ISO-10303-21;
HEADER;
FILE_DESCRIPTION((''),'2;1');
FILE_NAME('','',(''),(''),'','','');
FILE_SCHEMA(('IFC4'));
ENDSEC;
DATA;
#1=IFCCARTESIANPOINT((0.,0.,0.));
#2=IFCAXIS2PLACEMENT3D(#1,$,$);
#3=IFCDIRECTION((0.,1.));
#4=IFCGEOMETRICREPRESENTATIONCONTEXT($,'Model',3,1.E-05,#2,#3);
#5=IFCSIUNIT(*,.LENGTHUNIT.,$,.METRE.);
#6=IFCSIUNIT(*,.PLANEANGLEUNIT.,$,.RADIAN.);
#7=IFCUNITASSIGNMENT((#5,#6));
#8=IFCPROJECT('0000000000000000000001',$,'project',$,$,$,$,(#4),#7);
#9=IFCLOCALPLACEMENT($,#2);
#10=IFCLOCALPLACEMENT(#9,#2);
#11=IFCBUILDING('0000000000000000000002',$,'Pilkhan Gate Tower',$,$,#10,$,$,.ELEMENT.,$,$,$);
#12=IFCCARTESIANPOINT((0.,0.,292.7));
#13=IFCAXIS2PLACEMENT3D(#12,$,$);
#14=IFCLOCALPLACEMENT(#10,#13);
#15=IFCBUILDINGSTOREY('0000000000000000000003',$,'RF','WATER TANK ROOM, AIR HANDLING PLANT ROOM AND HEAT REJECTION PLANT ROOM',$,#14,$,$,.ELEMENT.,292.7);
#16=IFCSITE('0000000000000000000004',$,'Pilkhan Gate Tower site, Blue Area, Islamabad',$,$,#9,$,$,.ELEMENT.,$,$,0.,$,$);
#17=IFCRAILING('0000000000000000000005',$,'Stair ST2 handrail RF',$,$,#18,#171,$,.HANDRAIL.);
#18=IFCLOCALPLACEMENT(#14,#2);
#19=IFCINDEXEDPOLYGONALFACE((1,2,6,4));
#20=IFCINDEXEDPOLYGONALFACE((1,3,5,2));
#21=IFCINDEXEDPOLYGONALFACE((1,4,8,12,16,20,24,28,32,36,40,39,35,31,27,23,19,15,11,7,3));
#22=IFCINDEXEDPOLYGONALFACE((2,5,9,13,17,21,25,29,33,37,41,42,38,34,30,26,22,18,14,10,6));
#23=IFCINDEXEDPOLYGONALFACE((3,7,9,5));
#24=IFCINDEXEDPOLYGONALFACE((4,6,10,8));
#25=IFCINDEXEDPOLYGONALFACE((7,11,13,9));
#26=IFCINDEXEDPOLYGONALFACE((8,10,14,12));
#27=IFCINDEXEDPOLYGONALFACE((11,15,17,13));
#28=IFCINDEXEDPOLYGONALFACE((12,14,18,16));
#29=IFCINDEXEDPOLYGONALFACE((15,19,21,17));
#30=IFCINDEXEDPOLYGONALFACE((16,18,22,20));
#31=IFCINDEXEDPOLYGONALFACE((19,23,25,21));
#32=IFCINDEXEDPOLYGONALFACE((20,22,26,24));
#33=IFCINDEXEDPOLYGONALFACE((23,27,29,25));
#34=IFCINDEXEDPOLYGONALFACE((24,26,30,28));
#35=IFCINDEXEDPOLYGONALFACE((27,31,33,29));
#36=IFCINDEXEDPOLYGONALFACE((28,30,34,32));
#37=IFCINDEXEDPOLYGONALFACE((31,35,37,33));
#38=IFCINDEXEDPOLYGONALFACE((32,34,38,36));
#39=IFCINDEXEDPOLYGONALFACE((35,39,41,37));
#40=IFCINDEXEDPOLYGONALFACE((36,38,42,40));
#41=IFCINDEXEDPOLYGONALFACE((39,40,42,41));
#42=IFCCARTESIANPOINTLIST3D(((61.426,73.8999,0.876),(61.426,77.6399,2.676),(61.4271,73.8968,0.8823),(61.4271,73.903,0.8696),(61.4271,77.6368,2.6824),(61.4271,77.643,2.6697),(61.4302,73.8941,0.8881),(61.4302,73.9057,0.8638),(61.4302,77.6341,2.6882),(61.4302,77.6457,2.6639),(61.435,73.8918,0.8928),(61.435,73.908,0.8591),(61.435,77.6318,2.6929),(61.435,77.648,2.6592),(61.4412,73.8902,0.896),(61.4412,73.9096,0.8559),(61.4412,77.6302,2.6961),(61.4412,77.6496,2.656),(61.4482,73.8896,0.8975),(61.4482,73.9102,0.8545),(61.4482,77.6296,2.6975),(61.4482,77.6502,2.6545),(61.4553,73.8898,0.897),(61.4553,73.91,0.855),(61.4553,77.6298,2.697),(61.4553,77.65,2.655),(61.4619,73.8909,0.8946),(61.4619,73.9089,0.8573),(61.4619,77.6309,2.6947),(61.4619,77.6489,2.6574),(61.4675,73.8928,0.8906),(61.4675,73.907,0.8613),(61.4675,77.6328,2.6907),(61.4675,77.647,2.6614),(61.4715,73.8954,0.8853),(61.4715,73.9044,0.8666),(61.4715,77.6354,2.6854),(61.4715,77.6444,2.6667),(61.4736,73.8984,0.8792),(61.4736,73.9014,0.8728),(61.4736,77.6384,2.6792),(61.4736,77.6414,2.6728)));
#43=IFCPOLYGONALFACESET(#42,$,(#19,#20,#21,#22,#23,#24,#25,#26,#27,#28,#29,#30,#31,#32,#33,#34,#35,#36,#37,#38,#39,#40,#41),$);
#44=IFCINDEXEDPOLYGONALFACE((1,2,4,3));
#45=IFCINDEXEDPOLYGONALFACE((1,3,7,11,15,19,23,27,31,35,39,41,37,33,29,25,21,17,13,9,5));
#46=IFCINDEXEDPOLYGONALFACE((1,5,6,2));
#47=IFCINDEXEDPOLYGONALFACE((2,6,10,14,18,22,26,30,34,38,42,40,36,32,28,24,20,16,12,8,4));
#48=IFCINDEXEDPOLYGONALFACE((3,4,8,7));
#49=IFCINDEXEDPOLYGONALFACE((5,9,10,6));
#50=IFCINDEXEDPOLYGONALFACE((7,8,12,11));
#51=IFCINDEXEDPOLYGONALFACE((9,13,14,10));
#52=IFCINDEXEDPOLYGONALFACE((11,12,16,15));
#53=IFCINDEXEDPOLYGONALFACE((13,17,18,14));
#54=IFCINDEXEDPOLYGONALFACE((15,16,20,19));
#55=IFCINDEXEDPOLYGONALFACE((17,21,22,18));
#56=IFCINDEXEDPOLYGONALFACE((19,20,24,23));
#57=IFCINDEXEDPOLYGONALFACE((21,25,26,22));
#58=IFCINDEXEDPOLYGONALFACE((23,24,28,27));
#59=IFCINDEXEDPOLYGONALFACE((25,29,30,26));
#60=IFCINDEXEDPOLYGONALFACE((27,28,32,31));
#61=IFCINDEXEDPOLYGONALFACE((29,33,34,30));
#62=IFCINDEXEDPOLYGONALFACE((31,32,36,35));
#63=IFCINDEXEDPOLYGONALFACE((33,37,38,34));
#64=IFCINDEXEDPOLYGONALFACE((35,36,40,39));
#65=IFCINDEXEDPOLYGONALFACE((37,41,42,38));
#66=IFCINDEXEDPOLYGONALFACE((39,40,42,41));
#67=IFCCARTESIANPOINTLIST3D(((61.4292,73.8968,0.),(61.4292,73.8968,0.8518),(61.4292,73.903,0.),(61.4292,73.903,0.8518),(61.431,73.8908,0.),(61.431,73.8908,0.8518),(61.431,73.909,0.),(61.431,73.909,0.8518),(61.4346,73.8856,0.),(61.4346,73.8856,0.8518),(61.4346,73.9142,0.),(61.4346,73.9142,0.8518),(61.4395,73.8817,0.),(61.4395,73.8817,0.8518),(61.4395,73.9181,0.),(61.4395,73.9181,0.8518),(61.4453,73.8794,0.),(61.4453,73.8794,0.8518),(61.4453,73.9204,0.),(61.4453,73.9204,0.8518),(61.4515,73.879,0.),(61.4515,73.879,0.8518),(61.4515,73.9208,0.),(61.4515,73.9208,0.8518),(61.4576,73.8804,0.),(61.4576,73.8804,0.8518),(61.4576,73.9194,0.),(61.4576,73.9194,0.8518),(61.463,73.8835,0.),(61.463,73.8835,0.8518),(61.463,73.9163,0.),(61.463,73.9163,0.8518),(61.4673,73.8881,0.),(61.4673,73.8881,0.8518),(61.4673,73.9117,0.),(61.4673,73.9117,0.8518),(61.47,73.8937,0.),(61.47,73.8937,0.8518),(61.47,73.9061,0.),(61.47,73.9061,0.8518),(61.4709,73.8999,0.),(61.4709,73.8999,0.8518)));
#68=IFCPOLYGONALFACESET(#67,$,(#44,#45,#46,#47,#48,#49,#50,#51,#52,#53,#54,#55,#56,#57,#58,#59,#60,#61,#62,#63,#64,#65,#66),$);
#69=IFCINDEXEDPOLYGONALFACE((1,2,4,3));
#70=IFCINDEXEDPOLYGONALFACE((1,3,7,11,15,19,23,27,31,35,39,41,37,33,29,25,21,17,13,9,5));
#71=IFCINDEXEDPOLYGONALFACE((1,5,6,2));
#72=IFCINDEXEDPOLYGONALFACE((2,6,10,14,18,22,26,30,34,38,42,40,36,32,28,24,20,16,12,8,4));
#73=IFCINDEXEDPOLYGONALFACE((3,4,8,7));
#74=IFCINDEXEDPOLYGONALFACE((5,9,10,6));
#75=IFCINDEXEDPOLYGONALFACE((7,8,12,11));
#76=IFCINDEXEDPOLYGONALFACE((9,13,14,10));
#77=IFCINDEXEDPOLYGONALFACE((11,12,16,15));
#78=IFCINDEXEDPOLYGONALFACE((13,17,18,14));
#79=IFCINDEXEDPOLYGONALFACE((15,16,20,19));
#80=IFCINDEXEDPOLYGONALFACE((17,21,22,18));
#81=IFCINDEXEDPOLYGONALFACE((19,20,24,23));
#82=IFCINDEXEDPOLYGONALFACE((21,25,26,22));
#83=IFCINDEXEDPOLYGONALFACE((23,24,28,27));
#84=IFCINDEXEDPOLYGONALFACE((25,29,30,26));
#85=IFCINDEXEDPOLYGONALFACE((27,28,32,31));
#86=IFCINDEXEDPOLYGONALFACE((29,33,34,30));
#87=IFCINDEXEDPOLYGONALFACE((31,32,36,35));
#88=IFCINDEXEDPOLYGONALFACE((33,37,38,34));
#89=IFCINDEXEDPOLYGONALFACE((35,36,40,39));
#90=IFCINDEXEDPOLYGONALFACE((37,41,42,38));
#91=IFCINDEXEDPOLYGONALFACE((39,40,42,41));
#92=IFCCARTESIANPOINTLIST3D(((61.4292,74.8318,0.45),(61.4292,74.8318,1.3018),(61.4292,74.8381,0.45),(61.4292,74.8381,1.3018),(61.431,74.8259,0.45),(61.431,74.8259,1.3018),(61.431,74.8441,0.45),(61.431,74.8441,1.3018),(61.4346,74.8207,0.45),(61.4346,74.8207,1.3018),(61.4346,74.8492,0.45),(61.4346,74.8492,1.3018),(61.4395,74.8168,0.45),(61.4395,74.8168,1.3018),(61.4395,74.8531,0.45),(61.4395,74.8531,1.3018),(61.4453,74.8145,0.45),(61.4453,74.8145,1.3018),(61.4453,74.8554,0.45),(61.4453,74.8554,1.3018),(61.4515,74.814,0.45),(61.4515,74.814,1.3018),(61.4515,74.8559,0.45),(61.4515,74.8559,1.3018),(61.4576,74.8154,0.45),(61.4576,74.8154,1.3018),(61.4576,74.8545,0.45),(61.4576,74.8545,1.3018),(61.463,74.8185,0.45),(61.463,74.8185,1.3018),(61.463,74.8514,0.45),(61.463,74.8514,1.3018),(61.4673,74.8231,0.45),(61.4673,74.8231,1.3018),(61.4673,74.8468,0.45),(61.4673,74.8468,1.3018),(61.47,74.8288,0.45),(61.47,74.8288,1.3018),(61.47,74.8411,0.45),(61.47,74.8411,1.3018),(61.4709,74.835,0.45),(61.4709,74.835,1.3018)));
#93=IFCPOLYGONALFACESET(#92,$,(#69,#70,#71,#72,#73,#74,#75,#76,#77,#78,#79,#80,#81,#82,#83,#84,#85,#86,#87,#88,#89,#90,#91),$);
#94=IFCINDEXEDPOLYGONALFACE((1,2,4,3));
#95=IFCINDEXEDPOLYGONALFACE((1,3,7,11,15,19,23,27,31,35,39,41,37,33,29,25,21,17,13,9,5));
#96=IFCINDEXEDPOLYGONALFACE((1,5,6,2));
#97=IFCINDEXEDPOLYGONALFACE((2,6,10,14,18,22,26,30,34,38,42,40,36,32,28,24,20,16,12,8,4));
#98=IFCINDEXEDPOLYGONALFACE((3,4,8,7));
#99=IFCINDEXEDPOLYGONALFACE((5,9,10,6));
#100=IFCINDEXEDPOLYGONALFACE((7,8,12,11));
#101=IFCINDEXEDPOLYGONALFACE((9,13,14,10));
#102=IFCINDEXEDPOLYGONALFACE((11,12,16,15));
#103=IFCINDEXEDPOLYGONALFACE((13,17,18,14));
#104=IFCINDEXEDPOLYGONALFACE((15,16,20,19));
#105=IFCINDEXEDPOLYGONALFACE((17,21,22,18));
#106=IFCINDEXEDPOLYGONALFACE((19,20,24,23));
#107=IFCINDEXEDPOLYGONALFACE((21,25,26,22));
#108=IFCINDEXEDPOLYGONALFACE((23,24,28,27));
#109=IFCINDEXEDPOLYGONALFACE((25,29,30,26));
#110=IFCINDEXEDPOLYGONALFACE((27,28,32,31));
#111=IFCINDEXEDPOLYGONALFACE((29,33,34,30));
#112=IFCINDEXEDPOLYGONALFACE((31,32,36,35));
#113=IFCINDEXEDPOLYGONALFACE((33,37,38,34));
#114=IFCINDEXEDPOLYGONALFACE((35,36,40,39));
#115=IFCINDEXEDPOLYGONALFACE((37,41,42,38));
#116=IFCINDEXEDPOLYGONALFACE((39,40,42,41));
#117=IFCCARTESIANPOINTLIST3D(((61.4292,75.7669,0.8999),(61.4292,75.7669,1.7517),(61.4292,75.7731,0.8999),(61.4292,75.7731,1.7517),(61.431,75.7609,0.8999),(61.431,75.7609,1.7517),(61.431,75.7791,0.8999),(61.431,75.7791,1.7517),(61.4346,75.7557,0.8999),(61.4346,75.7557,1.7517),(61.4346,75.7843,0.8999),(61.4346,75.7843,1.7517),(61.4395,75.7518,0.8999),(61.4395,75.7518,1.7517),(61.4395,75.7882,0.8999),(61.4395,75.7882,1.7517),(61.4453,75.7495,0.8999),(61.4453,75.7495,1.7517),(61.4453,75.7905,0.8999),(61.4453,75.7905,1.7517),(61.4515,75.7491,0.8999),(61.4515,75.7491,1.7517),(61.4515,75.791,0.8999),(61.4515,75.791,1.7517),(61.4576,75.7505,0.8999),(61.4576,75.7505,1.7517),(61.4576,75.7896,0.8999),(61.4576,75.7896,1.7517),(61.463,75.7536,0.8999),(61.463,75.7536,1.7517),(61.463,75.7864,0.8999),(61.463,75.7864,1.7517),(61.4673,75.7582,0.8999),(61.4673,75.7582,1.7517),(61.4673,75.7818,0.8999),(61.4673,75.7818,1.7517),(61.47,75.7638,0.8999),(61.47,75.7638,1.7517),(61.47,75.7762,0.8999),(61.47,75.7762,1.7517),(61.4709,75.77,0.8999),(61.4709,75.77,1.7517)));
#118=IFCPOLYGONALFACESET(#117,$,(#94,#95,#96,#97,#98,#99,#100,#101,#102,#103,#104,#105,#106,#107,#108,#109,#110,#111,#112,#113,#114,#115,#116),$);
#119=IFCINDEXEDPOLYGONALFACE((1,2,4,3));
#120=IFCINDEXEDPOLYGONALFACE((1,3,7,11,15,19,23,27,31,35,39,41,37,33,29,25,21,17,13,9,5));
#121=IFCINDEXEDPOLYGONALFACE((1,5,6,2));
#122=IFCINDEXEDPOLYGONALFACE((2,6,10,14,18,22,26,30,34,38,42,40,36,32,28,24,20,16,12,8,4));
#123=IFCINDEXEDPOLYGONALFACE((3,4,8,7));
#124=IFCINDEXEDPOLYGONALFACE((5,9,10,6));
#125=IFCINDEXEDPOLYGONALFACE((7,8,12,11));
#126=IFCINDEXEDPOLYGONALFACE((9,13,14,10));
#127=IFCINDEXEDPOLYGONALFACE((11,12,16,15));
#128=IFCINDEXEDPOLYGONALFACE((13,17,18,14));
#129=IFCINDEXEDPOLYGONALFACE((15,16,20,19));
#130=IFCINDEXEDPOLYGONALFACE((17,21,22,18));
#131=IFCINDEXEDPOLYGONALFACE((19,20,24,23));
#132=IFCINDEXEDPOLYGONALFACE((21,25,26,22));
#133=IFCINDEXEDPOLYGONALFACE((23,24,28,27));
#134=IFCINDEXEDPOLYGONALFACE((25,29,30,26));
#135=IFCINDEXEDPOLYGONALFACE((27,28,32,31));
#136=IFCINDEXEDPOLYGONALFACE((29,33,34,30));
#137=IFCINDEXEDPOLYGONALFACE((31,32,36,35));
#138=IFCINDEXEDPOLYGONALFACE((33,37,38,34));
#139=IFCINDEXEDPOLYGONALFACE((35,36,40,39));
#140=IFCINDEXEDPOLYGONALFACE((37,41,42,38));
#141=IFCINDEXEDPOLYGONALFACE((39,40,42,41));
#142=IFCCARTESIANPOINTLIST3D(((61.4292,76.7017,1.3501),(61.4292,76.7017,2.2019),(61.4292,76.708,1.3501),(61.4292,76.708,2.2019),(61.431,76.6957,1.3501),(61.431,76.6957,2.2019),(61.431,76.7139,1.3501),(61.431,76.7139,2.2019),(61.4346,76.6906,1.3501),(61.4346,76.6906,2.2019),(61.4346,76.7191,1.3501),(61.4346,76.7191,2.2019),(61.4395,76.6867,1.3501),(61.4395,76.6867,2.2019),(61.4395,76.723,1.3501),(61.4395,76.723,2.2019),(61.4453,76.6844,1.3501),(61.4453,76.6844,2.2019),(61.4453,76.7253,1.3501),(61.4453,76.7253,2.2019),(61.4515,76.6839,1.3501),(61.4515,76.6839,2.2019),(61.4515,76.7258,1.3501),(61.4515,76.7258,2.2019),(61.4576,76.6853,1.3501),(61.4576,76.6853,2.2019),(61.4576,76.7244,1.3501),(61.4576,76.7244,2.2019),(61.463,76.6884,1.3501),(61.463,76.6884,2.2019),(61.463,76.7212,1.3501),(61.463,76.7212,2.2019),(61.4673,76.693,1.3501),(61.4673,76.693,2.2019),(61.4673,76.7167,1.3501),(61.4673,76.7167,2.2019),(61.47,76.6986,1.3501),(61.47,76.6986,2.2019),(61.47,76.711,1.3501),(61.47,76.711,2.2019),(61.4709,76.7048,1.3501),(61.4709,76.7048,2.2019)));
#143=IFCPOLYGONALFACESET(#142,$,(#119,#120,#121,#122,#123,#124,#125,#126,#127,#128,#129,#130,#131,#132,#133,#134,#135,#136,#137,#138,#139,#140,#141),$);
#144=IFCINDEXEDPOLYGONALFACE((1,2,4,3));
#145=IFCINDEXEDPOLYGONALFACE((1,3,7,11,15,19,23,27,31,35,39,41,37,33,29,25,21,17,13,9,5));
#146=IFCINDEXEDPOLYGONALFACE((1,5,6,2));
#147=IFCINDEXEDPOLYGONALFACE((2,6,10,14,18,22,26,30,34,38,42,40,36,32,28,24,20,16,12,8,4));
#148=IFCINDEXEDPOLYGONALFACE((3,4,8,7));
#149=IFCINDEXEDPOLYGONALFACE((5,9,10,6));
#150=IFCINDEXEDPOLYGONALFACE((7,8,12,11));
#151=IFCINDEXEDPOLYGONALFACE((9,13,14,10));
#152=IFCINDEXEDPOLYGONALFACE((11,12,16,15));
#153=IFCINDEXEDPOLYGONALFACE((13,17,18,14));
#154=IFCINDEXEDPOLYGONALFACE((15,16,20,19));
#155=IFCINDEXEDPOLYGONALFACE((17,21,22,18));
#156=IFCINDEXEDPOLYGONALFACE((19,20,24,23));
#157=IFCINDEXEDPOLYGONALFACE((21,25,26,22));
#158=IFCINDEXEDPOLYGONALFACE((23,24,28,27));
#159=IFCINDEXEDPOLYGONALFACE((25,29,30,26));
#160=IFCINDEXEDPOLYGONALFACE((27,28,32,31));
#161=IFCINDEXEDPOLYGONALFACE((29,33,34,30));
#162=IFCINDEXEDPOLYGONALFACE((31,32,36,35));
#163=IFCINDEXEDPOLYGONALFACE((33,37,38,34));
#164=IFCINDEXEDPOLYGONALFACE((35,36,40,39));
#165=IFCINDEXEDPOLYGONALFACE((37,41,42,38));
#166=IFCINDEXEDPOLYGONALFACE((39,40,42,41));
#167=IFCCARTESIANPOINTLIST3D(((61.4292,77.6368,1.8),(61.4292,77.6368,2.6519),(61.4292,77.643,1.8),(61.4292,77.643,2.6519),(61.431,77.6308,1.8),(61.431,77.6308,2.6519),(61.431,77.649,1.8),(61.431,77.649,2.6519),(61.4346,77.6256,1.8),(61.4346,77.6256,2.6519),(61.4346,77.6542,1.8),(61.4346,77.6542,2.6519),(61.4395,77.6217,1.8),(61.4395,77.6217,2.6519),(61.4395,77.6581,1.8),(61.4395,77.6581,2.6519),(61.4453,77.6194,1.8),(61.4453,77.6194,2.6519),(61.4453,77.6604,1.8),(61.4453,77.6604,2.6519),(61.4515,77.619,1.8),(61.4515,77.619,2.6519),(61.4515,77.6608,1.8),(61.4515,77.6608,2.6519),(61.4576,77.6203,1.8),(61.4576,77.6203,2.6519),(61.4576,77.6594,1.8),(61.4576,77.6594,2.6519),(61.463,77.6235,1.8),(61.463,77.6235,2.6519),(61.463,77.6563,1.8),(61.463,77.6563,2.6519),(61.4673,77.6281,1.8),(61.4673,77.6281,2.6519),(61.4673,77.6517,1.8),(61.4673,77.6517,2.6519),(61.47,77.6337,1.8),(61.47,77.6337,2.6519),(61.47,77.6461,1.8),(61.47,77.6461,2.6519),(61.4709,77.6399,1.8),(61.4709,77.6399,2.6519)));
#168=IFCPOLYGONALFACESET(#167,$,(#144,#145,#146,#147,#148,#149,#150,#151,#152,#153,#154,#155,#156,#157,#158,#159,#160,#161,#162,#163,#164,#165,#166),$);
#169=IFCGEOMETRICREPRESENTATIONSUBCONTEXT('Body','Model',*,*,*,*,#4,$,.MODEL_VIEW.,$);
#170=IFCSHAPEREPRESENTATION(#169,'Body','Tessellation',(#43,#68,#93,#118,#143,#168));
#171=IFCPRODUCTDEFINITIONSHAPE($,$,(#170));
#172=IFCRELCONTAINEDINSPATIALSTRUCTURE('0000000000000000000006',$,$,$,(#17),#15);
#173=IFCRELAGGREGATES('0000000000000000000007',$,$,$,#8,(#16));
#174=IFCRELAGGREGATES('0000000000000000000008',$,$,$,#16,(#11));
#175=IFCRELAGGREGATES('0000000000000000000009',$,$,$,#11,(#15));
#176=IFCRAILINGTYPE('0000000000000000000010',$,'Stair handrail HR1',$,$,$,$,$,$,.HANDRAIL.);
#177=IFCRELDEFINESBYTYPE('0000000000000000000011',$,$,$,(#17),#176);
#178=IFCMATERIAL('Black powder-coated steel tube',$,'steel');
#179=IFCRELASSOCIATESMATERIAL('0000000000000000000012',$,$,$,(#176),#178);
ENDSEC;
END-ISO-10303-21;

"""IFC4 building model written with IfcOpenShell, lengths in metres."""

from ifc_helpers import new_model, si_unit, direction, frame, origin, origin_2d, place, context, subcontext, project, spatial, circle, extrude, material, type_object, element, save


model = new_model("IFC4")

# Units and contexts
model_context = context("Model", 3, precision=1e-05, world=origin(), true_north=direction((0.0, 1.0)))
body_context = subcontext(model_context, "Body", "Model", "MODEL_VIEW")
ifc_project = project(units=[si_unit("LENGTHUNIT", "METRE"), si_unit("PLANEANGLEUNIT", "RADIAN")], contexts=[model_context])

# Site, building, storey
site_placement = place(None, origin())
site = spatial("IfcSite", under=ifc_project, at=site_placement, Name="Pilkhan Gate Tower site, Blue Area, Islamabad", CompositionType="ELEMENT", RefElevation=0.0)
building_placement = place(site_placement, origin())
building = spatial("IfcBuilding", under=site, at=building_placement, Name="Pilkhan Gate Tower", CompositionType="ELEMENT")
storey_placement = place(building_placement, frame((0.0, 0.0, 292.7)))
storey = spatial("IfcBuildingStorey", under=building, at=storey_placement, Name="RF", Description="WATER TANK ROOM, AIR HANDLING PLANT ROOM AND HEAT REJECTION PLANT ROOM", CompositionType="ELEMENT", Elevation=292.7)

# Railing
ifc_material_1 = material(Name="Black powder-coated steel tube", Category="steel")
railing_type_1 = type_object("IfcRailingType", Name="Stair handrail HR1", PredefinedType="HANDRAIL", material=ifc_material_1)
railing_1_placement = place(storey_placement, frame((61.45, 73.8999, 0.0)))
element("IfcRailing", 1, at=railing_1_placement, inside=storey, type_object=railing_type_1, Name="Stair ST2 handrail RF", PredefinedType="HANDRAIL", context=body_context, shape_type="SweptSolid", body=[
    extrude(circle(Radius=0.0239, at=origin_2d()), frame((0.0, 0.0, 0.876), z_axis=(0.0, 0.901066, 0.433681), x_axis=(-1.0, 0.0, 0.0)), (0.0, 0.0, 1.0), 4.1506),
    extrude(circle(Radius=0.021, at=origin_2d()), origin(), (0.0, 0.0, 1.0), 0.8518),
    extrude(circle(Radius=0.021, at=origin_2d()), frame((0.0, 0.9351, 0.45)), (0.0, 0.0, 1.0), 0.8518),
    extrude(circle(Radius=0.021, at=origin_2d()), frame((0.0, 1.8701, 0.8999)), (0.0, 0.0, 1.0), 0.8518),
    extrude(circle(Radius=0.021, at=origin_2d()), frame((0.0, 2.8049, 1.3501)), (0.0, 0.0, 1.0), 0.8518),
    extrude(circle(Radius=0.021, at=origin_2d()), frame((0.0, 3.74, 1.8)), (0.0, 0.0, 1.0), 0.8518),
])

save(model, "model.ifc")
